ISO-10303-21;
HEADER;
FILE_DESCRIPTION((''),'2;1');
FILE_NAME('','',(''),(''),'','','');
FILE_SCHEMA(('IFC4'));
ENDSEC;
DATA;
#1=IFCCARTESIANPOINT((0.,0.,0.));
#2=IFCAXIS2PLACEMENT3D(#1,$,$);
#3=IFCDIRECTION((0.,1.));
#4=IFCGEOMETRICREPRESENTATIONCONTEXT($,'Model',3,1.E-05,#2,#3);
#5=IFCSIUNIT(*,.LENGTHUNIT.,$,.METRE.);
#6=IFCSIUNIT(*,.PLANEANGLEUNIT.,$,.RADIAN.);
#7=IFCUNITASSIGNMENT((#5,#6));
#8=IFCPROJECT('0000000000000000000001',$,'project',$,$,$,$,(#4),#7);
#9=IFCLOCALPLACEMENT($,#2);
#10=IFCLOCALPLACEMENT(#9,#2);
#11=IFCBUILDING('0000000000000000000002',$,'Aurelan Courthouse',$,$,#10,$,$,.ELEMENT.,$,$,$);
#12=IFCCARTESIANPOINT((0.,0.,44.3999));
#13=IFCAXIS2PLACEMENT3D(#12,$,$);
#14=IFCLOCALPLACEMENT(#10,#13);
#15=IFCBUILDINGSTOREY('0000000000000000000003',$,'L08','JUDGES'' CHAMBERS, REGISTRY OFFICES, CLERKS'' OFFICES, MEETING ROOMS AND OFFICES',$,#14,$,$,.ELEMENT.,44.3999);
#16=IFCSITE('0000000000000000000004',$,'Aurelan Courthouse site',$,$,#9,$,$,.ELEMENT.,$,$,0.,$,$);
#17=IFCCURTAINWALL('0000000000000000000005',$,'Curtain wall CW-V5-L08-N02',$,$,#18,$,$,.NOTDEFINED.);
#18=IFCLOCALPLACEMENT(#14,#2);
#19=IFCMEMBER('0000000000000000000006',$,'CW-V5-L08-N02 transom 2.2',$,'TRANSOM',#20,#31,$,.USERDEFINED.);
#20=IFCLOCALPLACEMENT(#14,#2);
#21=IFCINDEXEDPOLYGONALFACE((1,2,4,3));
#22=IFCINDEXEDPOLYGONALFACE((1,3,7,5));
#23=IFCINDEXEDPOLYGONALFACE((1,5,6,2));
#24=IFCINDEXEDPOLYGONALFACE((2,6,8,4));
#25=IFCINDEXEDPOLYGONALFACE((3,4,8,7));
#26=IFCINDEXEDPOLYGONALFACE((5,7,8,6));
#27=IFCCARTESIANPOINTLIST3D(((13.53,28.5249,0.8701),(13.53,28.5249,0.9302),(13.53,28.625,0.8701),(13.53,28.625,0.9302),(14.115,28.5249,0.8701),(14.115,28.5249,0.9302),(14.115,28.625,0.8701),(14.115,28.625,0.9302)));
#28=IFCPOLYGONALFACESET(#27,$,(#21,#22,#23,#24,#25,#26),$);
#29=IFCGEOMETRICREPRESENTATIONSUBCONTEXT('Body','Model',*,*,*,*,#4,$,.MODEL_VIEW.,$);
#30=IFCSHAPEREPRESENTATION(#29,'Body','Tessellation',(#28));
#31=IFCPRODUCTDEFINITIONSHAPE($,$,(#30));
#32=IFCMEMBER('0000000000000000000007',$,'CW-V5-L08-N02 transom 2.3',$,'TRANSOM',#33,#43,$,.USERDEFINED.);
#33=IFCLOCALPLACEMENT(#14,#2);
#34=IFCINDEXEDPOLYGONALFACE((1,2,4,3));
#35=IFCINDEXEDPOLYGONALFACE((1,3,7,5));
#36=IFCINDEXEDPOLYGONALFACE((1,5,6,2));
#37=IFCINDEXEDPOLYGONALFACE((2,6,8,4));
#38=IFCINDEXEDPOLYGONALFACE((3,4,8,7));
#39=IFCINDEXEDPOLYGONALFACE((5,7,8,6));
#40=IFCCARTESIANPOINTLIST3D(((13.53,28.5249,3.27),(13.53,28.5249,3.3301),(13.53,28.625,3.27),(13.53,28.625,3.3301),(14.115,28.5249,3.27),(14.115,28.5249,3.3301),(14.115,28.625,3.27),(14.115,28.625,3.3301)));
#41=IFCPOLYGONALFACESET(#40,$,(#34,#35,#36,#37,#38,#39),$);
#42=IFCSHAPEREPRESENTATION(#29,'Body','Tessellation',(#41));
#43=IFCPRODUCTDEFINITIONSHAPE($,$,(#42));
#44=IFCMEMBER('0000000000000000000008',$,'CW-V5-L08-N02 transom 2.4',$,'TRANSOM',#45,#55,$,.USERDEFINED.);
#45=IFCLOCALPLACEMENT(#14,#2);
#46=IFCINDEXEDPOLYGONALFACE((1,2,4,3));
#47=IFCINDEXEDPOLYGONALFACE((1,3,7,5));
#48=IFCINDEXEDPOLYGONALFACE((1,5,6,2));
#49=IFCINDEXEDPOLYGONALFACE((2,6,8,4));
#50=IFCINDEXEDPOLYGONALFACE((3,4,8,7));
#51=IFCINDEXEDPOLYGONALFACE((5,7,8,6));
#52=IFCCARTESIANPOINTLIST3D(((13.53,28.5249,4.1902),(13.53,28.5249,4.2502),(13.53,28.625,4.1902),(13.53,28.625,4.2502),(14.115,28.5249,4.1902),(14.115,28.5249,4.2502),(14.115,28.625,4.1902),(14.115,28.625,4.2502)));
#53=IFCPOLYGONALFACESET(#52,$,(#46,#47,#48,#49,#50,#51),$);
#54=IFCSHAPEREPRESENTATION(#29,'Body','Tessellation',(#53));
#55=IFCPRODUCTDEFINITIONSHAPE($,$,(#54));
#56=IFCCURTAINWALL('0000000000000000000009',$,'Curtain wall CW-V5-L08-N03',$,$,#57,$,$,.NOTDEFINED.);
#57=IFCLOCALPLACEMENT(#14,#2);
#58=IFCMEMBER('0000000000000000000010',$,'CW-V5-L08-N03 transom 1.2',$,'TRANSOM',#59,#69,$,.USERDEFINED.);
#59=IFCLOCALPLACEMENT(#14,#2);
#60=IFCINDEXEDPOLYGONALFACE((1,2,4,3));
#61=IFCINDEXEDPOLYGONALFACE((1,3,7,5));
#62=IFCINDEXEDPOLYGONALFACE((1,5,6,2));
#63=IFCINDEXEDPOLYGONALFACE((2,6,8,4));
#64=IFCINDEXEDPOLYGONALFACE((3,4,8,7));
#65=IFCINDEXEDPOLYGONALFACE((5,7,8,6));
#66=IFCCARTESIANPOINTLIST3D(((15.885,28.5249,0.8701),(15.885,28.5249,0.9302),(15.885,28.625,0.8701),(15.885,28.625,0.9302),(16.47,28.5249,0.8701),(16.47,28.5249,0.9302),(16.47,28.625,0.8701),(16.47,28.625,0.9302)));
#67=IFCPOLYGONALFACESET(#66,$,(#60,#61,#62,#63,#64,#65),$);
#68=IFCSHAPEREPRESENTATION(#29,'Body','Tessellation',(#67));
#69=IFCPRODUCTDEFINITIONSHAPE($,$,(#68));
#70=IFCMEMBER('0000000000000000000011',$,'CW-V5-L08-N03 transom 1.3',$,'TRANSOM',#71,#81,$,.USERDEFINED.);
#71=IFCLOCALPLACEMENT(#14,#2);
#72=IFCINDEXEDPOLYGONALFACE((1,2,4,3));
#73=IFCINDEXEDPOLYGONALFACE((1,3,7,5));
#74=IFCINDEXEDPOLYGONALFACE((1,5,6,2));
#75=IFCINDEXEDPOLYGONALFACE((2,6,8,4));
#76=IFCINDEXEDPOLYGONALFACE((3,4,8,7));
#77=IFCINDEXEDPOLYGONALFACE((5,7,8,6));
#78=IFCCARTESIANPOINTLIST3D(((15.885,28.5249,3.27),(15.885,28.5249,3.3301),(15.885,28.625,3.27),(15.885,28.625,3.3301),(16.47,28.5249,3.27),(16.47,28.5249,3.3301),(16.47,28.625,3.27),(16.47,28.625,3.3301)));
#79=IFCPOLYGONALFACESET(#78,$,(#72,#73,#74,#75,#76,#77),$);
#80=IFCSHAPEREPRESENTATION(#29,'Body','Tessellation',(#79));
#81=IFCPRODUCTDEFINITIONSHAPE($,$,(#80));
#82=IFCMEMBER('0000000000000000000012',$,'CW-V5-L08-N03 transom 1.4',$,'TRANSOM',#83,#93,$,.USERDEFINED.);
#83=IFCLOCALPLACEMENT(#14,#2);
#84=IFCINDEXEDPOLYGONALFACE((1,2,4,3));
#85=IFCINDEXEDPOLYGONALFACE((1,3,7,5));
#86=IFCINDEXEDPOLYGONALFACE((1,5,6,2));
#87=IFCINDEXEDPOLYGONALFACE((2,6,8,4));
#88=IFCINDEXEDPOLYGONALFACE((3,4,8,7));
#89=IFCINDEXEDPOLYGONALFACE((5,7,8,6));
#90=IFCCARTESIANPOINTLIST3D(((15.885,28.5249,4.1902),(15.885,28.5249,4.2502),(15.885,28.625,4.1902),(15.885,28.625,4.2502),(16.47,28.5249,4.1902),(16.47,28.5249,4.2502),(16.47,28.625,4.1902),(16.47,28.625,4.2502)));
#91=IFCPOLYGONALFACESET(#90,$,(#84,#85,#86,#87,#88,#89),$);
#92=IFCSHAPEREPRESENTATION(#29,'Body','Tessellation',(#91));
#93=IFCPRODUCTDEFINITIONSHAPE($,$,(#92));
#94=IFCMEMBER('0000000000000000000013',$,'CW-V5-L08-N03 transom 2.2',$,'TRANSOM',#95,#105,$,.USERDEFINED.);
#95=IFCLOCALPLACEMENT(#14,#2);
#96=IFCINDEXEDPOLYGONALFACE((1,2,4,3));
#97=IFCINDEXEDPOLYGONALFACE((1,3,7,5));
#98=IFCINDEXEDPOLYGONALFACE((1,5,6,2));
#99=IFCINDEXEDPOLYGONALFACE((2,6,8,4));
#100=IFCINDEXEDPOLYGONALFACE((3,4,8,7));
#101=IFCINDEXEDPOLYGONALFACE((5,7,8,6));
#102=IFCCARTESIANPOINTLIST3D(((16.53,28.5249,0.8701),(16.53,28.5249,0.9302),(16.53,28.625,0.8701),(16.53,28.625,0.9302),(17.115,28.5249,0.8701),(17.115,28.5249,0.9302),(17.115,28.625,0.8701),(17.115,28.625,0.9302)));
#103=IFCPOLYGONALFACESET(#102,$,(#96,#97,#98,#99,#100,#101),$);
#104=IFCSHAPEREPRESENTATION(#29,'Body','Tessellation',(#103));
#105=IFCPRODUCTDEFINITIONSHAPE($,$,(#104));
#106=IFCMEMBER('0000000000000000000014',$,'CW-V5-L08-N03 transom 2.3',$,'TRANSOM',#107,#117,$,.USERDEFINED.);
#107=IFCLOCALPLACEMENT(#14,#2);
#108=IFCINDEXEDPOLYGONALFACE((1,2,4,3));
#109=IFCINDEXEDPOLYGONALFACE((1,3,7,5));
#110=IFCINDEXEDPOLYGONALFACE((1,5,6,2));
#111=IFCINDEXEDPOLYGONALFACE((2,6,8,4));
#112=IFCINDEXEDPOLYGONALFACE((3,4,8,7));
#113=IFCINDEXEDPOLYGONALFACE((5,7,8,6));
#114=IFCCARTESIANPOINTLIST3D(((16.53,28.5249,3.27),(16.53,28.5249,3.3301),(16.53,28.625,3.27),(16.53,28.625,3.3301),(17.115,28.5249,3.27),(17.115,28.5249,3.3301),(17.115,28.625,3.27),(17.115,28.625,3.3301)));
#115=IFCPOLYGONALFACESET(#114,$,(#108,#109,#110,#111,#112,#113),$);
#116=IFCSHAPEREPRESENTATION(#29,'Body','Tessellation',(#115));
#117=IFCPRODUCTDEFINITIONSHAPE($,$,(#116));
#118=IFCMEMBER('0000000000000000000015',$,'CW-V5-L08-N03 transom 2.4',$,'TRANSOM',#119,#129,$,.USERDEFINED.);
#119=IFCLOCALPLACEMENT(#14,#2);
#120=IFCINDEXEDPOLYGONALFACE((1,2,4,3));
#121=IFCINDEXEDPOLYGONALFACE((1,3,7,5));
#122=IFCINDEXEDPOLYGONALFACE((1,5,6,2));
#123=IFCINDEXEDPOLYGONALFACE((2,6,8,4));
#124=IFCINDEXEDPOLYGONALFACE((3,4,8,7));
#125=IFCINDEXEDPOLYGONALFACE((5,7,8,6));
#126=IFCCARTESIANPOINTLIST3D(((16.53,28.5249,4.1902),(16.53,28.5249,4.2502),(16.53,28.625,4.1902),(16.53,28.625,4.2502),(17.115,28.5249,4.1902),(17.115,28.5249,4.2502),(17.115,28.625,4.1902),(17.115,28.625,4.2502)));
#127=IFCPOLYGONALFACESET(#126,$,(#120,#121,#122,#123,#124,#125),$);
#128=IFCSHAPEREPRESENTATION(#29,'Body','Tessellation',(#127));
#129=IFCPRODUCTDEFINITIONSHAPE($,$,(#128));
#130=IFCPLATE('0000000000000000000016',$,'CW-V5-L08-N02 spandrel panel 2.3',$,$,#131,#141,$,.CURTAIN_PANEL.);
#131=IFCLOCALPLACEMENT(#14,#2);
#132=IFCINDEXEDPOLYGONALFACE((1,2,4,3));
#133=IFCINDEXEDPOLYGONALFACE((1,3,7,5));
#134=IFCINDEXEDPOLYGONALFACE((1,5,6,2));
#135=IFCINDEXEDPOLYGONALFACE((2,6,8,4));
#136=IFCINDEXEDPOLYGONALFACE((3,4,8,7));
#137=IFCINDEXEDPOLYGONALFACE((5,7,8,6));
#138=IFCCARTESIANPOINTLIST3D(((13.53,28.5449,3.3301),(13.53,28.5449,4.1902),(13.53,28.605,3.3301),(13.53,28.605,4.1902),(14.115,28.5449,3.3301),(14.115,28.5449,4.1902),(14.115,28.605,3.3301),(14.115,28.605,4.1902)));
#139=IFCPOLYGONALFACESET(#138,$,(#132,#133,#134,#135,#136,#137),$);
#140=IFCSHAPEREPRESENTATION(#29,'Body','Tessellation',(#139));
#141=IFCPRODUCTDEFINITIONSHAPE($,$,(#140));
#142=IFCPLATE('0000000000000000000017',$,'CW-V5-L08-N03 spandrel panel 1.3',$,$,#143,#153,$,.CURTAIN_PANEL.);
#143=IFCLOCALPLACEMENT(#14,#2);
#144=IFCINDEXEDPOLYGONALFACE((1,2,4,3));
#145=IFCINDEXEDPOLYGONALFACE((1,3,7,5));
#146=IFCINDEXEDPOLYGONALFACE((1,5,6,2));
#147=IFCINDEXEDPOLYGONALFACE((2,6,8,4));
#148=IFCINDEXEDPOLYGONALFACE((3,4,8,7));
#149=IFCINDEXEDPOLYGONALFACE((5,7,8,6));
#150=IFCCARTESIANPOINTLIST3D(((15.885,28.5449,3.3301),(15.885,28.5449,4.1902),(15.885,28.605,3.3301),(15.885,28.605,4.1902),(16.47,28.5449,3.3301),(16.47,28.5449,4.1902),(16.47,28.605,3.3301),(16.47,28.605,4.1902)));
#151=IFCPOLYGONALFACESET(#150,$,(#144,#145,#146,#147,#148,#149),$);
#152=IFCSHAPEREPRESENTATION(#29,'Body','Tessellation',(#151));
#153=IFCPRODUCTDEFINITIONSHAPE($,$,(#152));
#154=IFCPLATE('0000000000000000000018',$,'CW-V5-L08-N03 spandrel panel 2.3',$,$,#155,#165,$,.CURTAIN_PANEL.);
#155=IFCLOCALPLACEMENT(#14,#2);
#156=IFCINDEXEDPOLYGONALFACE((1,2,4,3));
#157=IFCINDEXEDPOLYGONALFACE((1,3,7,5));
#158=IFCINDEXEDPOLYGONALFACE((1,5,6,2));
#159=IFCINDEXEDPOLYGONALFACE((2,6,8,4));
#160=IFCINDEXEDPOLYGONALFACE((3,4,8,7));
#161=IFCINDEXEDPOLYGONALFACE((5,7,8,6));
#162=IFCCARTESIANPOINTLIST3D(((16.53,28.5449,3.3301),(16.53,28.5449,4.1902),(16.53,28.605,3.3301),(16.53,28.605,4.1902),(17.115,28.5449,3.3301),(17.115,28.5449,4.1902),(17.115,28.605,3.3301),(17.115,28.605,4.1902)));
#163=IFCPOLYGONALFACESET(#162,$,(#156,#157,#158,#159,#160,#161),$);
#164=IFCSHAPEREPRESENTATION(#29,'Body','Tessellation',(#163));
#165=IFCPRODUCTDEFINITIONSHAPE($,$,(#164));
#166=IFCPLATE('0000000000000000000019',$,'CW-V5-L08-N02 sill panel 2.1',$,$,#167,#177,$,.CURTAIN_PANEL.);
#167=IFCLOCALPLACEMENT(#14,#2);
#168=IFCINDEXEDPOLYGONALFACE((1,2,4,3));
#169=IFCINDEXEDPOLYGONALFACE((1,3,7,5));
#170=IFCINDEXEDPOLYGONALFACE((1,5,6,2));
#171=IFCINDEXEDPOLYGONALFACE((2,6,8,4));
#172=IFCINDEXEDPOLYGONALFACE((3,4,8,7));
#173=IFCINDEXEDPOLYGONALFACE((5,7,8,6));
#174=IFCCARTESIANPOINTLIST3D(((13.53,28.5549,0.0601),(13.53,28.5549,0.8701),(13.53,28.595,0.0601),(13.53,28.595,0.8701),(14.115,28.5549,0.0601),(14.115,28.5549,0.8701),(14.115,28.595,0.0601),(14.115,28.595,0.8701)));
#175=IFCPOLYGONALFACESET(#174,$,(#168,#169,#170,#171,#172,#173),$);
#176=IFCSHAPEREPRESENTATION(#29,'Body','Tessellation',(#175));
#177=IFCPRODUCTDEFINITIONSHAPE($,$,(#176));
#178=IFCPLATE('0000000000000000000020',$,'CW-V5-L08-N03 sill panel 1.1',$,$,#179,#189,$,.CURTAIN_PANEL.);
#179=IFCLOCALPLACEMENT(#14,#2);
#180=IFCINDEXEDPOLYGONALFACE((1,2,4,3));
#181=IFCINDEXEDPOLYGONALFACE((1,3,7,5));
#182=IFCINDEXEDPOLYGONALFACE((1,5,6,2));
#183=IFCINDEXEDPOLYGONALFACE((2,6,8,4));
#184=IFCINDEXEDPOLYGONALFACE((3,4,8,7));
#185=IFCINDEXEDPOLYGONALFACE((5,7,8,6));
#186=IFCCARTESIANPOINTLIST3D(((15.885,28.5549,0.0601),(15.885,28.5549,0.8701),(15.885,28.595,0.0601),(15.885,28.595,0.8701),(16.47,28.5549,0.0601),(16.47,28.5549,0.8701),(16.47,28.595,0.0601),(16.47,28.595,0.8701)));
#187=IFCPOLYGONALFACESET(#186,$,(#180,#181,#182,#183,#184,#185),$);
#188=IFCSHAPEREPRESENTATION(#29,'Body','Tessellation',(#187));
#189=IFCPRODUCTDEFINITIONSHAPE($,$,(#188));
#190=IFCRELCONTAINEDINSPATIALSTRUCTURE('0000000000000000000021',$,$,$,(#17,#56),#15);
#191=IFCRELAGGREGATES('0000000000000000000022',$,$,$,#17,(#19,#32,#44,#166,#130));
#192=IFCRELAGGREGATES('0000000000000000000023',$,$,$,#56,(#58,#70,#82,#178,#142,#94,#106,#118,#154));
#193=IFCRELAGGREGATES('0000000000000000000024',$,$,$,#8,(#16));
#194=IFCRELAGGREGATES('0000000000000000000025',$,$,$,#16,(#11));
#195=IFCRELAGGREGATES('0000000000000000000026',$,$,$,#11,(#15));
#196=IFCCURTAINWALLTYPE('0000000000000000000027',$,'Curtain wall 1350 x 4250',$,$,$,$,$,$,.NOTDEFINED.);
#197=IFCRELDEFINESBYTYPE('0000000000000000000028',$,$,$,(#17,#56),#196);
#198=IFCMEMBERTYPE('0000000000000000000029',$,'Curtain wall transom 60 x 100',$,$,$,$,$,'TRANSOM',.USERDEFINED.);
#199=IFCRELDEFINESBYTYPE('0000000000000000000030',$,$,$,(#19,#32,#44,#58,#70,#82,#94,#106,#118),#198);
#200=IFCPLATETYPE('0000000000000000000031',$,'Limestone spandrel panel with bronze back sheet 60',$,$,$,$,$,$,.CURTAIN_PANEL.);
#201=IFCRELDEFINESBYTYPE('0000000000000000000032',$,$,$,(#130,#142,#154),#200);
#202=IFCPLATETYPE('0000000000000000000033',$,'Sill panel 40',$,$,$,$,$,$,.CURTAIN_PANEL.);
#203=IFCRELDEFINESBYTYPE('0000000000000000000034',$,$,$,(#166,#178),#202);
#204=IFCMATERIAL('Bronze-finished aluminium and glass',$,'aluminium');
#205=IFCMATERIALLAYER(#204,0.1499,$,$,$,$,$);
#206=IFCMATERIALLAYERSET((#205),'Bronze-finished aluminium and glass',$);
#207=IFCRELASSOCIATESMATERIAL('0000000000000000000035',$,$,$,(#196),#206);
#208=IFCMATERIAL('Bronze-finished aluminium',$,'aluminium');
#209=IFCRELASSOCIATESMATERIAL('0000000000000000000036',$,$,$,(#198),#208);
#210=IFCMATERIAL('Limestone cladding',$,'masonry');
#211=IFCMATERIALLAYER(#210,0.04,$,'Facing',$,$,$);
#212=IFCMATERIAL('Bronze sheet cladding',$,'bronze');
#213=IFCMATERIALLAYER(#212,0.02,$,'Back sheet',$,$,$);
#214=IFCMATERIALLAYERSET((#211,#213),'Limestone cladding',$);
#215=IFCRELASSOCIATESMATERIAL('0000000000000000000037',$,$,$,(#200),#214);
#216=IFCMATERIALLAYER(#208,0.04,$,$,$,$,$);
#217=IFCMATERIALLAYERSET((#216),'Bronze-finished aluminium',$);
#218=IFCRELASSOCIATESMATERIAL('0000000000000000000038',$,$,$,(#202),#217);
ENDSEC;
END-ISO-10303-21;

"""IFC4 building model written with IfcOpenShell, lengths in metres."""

from ifc_helpers import new_model, si_unit, direction, frame, origin, origin_2d, place, context, subcontext, project, spatial, rectangle, extrude, material, layer, layer_set, material_profile, profile_set, type_object, element, aggregate, save


model = new_model("IFC4")

# Units and contexts
model_context = context("Model", 3, precision=1e-05, world=origin(), true_north=direction((0.0, 1.0)))
body_context = subcontext(model_context, "Body", "Model", "MODEL_VIEW")
ifc_project = project(units=[si_unit("LENGTHUNIT", "METRE"), si_unit("PLANEANGLEUNIT", "RADIAN")], contexts=[model_context])

# Site, building, storey
site_placement = place(None, origin())
site = spatial("IfcSite", under=ifc_project, at=site_placement, Name="Aurelan Courthouse site", CompositionType="ELEMENT", RefElevation=0.0)
building_placement = place(site_placement, origin())
building = spatial("IfcBuilding", under=site, at=building_placement, Name="Aurelan Courthouse", CompositionType="ELEMENT")
storey_placement = place(building_placement, frame((0.0, 0.0, 44.3999)))
storey = spatial("IfcBuildingStorey", under=building, at=storey_placement, Name="L08", Description="JUDGES' CHAMBERS, REGISTRY OFFICES, CLERKS' OFFICES, MEETING ROOMS AND OFFICES", CompositionType="ELEMENT", Elevation=44.3999)

# Curtain walls, members
ifc_material_1 = material(Name="Bronze-finished aluminium and glass", Category="aluminium")
ifc_layer_1 = layer(ifc_material_1, 0.1499)
ifc_layer_set_1 = layer_set([ifc_layer_1], Name="Bronze-finished aluminium and glass")
curtain_wall_type = type_object("IfcCurtainWallType", Name="Curtain wall 1350 x 4250", PredefinedType="NOTDEFINED", material=ifc_layer_set_1)
curtain_wall_1_placement = place(storey_placement, origin())
curtain_wall_1 = element("IfcCurtainWall", 1, at=curtain_wall_1_placement, inside=storey, type_object=curtain_wall_type, Name="Curtain wall CW-V5-L08-N02", PredefinedType="NOTDEFINED")
ifc_material_2 = material(Name="Bronze-finished aluminium", Category="aluminium")
ifc_material_profile = material_profile(ifc_material_2, rectangle(XDim=0.1001, YDim=0.0601, at=origin_2d()), Name="Bronze transom 60 x 100")
ifc_profile_set = profile_set([ifc_material_profile], Name="Bronze-finished aluminium")
member_type = type_object("IfcMemberType", Name="Curtain wall transom 60 x 100", ElementType="TRANSOM", PredefinedType="USERDEFINED", material=ifc_profile_set)
member_1_placement = place(storey_placement, frame((13.53, 28.575, 0.9001), z_axis=(1.0, 0.0, 0.0), x_axis=(0.0, 1.0, 0.0)))
member_1 = element("IfcMember", 2, at=member_1_placement, type_object=member_type, Name="CW-V5-L08-N02 transom 2.2", ObjectType="TRANSOM", PredefinedType="USERDEFINED", context=body_context, shape_type="SweptSolid", body=[
    extrude(rectangle(XDim=0.1001, YDim=0.0601, at=origin_2d()), origin(), (0.0, 0.0, 1.0), 0.585),
])
member_2_placement = place(storey_placement, frame((13.53, 28.575, 3.3), z_axis=(1.0, 0.0, 0.0), x_axis=(0.0, 1.0, 0.0)))
member_2 = element("IfcMember", 3, at=member_2_placement, type_object=member_type, Name="CW-V5-L08-N02 transom 2.3", ObjectType="TRANSOM", PredefinedType="USERDEFINED", context=body_context, shape_type="SweptSolid", body=[
    extrude(rectangle(XDim=0.1001, YDim=0.0601, at=origin_2d()), origin(), (0.0, 0.0, 1.0), 0.585),
])
member_3_placement = place(storey_placement, frame((13.53, 28.575, 4.2202), z_axis=(1.0, 0.0, 0.0), x_axis=(0.0, 1.0, 0.0)))
member_3 = element("IfcMember", 4, at=member_3_placement, type_object=member_type, Name="CW-V5-L08-N02 transom 2.4", ObjectType="TRANSOM", PredefinedType="USERDEFINED", context=body_context, shape_type="SweptSolid", body=[
    extrude(rectangle(XDim=0.1001, YDim=0.0601, at=origin_2d()), origin(), (0.0, 0.0, 1.0), 0.585),
])
curtain_wall_2_placement = place(storey_placement, origin())
curtain_wall_2 = element("IfcCurtainWall", 5, at=curtain_wall_2_placement, inside=storey, type_object=curtain_wall_type, Name="Curtain wall CW-V5-L08-N03", PredefinedType="NOTDEFINED")
member_4_placement = place(storey_placement, frame((15.885, 28.575, 0.9001), z_axis=(1.0, 0.0, 0.0), x_axis=(0.0, 1.0, 0.0)))
member_4 = element("IfcMember", 6, at=member_4_placement, type_object=member_type, Name="CW-V5-L08-N03 transom 1.2", ObjectType="TRANSOM", PredefinedType="USERDEFINED", context=body_context, shape_type="SweptSolid", body=[
    extrude(rectangle(XDim=0.1001, YDim=0.0601, at=origin_2d()), origin(), (0.0, 0.0, 1.0), 0.585),
])
member_5_placement = place(storey_placement, frame((15.885, 28.575, 3.3), z_axis=(1.0, 0.0, 0.0), x_axis=(0.0, 1.0, 0.0)))
member_5 = element("IfcMember", 7, at=member_5_placement, type_object=member_type, Name="CW-V5-L08-N03 transom 1.3", ObjectType="TRANSOM", PredefinedType="USERDEFINED", context=body_context, shape_type="SweptSolid", body=[
    extrude(rectangle(XDim=0.1001, YDim=0.0601, at=origin_2d()), origin(), (0.0, 0.0, 1.0), 0.585),
])
member_6_placement = place(storey_placement, frame((15.885, 28.575, 4.2202), z_axis=(1.0, 0.0, 0.0), x_axis=(0.0, 1.0, 0.0)))
member_6 = element("IfcMember", 8, at=member_6_placement, type_object=member_type, Name="CW-V5-L08-N03 transom 1.4", ObjectType="TRANSOM", PredefinedType="USERDEFINED", context=body_context, shape_type="SweptSolid", body=[
    extrude(rectangle(XDim=0.1001, YDim=0.0601, at=origin_2d()), origin(), (0.0, 0.0, 1.0), 0.585),
])
member_7_placement = place(storey_placement, frame((16.53, 28.575, 0.9001), z_axis=(1.0, 0.0, 0.0), x_axis=(0.0, 1.0, 0.0)))
member_7 = element("IfcMember", 9, at=member_7_placement, type_object=member_type, Name="CW-V5-L08-N03 transom 2.2", ObjectType="TRANSOM", PredefinedType="USERDEFINED", context=body_context, shape_type="SweptSolid", body=[
    extrude(rectangle(XDim=0.1001, YDim=0.0601, at=origin_2d()), origin(), (0.0, 0.0, 1.0), 0.585),
])
member_8_placement = place(storey_placement, frame((16.53, 28.575, 3.3), z_axis=(1.0, 0.0, 0.0), x_axis=(0.0, 1.0, 0.0)))
member_8 = element("IfcMember", 10, at=member_8_placement, type_object=member_type, Name="CW-V5-L08-N03 transom 2.3", ObjectType="TRANSOM", PredefinedType="USERDEFINED", context=body_context, shape_type="SweptSolid", body=[
    extrude(rectangle(XDim=0.1001, YDim=0.0601, at=origin_2d()), origin(), (0.0, 0.0, 1.0), 0.585),
])
member_9_placement = place(storey_placement, frame((16.53, 28.575, 4.2202), z_axis=(1.0, 0.0, 0.0), x_axis=(0.0, 1.0, 0.0)))
member_9 = element("IfcMember", 11, at=member_9_placement, type_object=member_type, Name="CW-V5-L08-N03 transom 2.4", ObjectType="TRANSOM", PredefinedType="USERDEFINED", context=body_context, shape_type="SweptSolid", body=[
    extrude(rectangle(XDim=0.1001, YDim=0.0601, at=origin_2d()), origin(), (0.0, 0.0, 1.0), 0.585),
])

# Plates
ifc_material_3 = material(Name="Limestone cladding", Category="masonry")
ifc_layer_2 = layer(ifc_material_3, 0.04, Name="Facing")
ifc_material_4 = material(Name="Bronze sheet cladding", Category="bronze")
ifc_layer_3 = layer(ifc_material_4, 0.02, Name="Back sheet")
ifc_layer_set_2 = layer_set([ifc_layer_2, ifc_layer_3], Name="Limestone cladding")
plate_type_1 = type_object("IfcPlateType", Name="Limestone spandrel panel with bronze back sheet 60", PredefinedType="CURTAIN_PANEL", material=ifc_layer_set_2)
plate_1_placement = place(storey_placement, frame((13.8225, 28.575, 3.3301), z_axis=(0.0, 0.0, 1.0), x_axis=(1.0, 0.0, 0.0)))
plate_1 = element("IfcPlate", 12, at=plate_1_placement, type_object=plate_type_1, Name="CW-V5-L08-N02 spandrel panel 2.3", PredefinedType="CURTAIN_PANEL", context=body_context, shape_type="SweptSolid", body=[
    extrude(rectangle(XDim=0.585, YDim=0.0601, at=origin_2d()), origin(), (0.0, 0.0, 1.0), 0.8601),
])
plate_2_placement = place(storey_placement, frame((16.1775, 28.575, 3.3301), z_axis=(0.0, 0.0, 1.0), x_axis=(1.0, 0.0, 0.0)))
plate_2 = element("IfcPlate", 13, at=plate_2_placement, type_object=plate_type_1, Name="CW-V5-L08-N03 spandrel panel 1.3", PredefinedType="CURTAIN_PANEL", context=body_context, shape_type="SweptSolid", body=[
    extrude(rectangle(XDim=0.585, YDim=0.0601, at=origin_2d()), origin(), (0.0, 0.0, 1.0), 0.8601),
])
plate_3_placement = place(storey_placement, frame((16.8225, 28.575, 3.3301), z_axis=(0.0, 0.0, 1.0), x_axis=(1.0, 0.0, 0.0)))
plate_3 = element("IfcPlate", 14, at=plate_3_placement, type_object=plate_type_1, Name="CW-V5-L08-N03 spandrel panel 2.3", PredefinedType="CURTAIN_PANEL", context=body_context, shape_type="SweptSolid", body=[
    extrude(rectangle(XDim=0.585, YDim=0.0601, at=origin_2d()), origin(), (0.0, 0.0, 1.0), 0.8601),
])
ifc_layer_4 = layer(ifc_material_2, 0.04)
ifc_layer_set_3 = layer_set([ifc_layer_4], Name="Bronze-finished aluminium")
plate_type_2 = type_object("IfcPlateType", Name="Sill panel 40", PredefinedType="CURTAIN_PANEL", material=ifc_layer_set_3)
plate_4_placement = place(storey_placement, frame((13.8225, 28.575, 0.0601), z_axis=(0.0, 0.0, 1.0), x_axis=(1.0, 0.0, 0.0)))
plate_4 = element("IfcPlate", 15, at=plate_4_placement, type_object=plate_type_2, Name="CW-V5-L08-N02 sill panel 2.1", PredefinedType="CURTAIN_PANEL", context=body_context, shape_type="SweptSolid", body=[
    extrude(rectangle(XDim=0.585, YDim=0.04, at=origin_2d()), origin(), (0.0, 0.0, 1.0), 0.8101),
])
plate_5_placement = place(storey_placement, frame((16.1775, 28.575, 0.0601), z_axis=(0.0, 0.0, 1.0), x_axis=(1.0, 0.0, 0.0)))
plate_5 = element("IfcPlate", 16, at=plate_5_placement, type_object=plate_type_2, Name="CW-V5-L08-N03 sill panel 1.1", PredefinedType="CURTAIN_PANEL", context=body_context, shape_type="SweptSolid", body=[
    extrude(rectangle(XDim=0.585, YDim=0.04, at=origin_2d()), origin(), (0.0, 0.0, 1.0), 0.8101),
])
aggregate(curtain_wall_1, [member_1, member_2, member_3, plate_4, plate_1])
aggregate(curtain_wall_2, [member_4, member_5, member_6, plate_5, plate_2, member_7, member_8, member_9, plate_3])

save(model, "model.ifc")
